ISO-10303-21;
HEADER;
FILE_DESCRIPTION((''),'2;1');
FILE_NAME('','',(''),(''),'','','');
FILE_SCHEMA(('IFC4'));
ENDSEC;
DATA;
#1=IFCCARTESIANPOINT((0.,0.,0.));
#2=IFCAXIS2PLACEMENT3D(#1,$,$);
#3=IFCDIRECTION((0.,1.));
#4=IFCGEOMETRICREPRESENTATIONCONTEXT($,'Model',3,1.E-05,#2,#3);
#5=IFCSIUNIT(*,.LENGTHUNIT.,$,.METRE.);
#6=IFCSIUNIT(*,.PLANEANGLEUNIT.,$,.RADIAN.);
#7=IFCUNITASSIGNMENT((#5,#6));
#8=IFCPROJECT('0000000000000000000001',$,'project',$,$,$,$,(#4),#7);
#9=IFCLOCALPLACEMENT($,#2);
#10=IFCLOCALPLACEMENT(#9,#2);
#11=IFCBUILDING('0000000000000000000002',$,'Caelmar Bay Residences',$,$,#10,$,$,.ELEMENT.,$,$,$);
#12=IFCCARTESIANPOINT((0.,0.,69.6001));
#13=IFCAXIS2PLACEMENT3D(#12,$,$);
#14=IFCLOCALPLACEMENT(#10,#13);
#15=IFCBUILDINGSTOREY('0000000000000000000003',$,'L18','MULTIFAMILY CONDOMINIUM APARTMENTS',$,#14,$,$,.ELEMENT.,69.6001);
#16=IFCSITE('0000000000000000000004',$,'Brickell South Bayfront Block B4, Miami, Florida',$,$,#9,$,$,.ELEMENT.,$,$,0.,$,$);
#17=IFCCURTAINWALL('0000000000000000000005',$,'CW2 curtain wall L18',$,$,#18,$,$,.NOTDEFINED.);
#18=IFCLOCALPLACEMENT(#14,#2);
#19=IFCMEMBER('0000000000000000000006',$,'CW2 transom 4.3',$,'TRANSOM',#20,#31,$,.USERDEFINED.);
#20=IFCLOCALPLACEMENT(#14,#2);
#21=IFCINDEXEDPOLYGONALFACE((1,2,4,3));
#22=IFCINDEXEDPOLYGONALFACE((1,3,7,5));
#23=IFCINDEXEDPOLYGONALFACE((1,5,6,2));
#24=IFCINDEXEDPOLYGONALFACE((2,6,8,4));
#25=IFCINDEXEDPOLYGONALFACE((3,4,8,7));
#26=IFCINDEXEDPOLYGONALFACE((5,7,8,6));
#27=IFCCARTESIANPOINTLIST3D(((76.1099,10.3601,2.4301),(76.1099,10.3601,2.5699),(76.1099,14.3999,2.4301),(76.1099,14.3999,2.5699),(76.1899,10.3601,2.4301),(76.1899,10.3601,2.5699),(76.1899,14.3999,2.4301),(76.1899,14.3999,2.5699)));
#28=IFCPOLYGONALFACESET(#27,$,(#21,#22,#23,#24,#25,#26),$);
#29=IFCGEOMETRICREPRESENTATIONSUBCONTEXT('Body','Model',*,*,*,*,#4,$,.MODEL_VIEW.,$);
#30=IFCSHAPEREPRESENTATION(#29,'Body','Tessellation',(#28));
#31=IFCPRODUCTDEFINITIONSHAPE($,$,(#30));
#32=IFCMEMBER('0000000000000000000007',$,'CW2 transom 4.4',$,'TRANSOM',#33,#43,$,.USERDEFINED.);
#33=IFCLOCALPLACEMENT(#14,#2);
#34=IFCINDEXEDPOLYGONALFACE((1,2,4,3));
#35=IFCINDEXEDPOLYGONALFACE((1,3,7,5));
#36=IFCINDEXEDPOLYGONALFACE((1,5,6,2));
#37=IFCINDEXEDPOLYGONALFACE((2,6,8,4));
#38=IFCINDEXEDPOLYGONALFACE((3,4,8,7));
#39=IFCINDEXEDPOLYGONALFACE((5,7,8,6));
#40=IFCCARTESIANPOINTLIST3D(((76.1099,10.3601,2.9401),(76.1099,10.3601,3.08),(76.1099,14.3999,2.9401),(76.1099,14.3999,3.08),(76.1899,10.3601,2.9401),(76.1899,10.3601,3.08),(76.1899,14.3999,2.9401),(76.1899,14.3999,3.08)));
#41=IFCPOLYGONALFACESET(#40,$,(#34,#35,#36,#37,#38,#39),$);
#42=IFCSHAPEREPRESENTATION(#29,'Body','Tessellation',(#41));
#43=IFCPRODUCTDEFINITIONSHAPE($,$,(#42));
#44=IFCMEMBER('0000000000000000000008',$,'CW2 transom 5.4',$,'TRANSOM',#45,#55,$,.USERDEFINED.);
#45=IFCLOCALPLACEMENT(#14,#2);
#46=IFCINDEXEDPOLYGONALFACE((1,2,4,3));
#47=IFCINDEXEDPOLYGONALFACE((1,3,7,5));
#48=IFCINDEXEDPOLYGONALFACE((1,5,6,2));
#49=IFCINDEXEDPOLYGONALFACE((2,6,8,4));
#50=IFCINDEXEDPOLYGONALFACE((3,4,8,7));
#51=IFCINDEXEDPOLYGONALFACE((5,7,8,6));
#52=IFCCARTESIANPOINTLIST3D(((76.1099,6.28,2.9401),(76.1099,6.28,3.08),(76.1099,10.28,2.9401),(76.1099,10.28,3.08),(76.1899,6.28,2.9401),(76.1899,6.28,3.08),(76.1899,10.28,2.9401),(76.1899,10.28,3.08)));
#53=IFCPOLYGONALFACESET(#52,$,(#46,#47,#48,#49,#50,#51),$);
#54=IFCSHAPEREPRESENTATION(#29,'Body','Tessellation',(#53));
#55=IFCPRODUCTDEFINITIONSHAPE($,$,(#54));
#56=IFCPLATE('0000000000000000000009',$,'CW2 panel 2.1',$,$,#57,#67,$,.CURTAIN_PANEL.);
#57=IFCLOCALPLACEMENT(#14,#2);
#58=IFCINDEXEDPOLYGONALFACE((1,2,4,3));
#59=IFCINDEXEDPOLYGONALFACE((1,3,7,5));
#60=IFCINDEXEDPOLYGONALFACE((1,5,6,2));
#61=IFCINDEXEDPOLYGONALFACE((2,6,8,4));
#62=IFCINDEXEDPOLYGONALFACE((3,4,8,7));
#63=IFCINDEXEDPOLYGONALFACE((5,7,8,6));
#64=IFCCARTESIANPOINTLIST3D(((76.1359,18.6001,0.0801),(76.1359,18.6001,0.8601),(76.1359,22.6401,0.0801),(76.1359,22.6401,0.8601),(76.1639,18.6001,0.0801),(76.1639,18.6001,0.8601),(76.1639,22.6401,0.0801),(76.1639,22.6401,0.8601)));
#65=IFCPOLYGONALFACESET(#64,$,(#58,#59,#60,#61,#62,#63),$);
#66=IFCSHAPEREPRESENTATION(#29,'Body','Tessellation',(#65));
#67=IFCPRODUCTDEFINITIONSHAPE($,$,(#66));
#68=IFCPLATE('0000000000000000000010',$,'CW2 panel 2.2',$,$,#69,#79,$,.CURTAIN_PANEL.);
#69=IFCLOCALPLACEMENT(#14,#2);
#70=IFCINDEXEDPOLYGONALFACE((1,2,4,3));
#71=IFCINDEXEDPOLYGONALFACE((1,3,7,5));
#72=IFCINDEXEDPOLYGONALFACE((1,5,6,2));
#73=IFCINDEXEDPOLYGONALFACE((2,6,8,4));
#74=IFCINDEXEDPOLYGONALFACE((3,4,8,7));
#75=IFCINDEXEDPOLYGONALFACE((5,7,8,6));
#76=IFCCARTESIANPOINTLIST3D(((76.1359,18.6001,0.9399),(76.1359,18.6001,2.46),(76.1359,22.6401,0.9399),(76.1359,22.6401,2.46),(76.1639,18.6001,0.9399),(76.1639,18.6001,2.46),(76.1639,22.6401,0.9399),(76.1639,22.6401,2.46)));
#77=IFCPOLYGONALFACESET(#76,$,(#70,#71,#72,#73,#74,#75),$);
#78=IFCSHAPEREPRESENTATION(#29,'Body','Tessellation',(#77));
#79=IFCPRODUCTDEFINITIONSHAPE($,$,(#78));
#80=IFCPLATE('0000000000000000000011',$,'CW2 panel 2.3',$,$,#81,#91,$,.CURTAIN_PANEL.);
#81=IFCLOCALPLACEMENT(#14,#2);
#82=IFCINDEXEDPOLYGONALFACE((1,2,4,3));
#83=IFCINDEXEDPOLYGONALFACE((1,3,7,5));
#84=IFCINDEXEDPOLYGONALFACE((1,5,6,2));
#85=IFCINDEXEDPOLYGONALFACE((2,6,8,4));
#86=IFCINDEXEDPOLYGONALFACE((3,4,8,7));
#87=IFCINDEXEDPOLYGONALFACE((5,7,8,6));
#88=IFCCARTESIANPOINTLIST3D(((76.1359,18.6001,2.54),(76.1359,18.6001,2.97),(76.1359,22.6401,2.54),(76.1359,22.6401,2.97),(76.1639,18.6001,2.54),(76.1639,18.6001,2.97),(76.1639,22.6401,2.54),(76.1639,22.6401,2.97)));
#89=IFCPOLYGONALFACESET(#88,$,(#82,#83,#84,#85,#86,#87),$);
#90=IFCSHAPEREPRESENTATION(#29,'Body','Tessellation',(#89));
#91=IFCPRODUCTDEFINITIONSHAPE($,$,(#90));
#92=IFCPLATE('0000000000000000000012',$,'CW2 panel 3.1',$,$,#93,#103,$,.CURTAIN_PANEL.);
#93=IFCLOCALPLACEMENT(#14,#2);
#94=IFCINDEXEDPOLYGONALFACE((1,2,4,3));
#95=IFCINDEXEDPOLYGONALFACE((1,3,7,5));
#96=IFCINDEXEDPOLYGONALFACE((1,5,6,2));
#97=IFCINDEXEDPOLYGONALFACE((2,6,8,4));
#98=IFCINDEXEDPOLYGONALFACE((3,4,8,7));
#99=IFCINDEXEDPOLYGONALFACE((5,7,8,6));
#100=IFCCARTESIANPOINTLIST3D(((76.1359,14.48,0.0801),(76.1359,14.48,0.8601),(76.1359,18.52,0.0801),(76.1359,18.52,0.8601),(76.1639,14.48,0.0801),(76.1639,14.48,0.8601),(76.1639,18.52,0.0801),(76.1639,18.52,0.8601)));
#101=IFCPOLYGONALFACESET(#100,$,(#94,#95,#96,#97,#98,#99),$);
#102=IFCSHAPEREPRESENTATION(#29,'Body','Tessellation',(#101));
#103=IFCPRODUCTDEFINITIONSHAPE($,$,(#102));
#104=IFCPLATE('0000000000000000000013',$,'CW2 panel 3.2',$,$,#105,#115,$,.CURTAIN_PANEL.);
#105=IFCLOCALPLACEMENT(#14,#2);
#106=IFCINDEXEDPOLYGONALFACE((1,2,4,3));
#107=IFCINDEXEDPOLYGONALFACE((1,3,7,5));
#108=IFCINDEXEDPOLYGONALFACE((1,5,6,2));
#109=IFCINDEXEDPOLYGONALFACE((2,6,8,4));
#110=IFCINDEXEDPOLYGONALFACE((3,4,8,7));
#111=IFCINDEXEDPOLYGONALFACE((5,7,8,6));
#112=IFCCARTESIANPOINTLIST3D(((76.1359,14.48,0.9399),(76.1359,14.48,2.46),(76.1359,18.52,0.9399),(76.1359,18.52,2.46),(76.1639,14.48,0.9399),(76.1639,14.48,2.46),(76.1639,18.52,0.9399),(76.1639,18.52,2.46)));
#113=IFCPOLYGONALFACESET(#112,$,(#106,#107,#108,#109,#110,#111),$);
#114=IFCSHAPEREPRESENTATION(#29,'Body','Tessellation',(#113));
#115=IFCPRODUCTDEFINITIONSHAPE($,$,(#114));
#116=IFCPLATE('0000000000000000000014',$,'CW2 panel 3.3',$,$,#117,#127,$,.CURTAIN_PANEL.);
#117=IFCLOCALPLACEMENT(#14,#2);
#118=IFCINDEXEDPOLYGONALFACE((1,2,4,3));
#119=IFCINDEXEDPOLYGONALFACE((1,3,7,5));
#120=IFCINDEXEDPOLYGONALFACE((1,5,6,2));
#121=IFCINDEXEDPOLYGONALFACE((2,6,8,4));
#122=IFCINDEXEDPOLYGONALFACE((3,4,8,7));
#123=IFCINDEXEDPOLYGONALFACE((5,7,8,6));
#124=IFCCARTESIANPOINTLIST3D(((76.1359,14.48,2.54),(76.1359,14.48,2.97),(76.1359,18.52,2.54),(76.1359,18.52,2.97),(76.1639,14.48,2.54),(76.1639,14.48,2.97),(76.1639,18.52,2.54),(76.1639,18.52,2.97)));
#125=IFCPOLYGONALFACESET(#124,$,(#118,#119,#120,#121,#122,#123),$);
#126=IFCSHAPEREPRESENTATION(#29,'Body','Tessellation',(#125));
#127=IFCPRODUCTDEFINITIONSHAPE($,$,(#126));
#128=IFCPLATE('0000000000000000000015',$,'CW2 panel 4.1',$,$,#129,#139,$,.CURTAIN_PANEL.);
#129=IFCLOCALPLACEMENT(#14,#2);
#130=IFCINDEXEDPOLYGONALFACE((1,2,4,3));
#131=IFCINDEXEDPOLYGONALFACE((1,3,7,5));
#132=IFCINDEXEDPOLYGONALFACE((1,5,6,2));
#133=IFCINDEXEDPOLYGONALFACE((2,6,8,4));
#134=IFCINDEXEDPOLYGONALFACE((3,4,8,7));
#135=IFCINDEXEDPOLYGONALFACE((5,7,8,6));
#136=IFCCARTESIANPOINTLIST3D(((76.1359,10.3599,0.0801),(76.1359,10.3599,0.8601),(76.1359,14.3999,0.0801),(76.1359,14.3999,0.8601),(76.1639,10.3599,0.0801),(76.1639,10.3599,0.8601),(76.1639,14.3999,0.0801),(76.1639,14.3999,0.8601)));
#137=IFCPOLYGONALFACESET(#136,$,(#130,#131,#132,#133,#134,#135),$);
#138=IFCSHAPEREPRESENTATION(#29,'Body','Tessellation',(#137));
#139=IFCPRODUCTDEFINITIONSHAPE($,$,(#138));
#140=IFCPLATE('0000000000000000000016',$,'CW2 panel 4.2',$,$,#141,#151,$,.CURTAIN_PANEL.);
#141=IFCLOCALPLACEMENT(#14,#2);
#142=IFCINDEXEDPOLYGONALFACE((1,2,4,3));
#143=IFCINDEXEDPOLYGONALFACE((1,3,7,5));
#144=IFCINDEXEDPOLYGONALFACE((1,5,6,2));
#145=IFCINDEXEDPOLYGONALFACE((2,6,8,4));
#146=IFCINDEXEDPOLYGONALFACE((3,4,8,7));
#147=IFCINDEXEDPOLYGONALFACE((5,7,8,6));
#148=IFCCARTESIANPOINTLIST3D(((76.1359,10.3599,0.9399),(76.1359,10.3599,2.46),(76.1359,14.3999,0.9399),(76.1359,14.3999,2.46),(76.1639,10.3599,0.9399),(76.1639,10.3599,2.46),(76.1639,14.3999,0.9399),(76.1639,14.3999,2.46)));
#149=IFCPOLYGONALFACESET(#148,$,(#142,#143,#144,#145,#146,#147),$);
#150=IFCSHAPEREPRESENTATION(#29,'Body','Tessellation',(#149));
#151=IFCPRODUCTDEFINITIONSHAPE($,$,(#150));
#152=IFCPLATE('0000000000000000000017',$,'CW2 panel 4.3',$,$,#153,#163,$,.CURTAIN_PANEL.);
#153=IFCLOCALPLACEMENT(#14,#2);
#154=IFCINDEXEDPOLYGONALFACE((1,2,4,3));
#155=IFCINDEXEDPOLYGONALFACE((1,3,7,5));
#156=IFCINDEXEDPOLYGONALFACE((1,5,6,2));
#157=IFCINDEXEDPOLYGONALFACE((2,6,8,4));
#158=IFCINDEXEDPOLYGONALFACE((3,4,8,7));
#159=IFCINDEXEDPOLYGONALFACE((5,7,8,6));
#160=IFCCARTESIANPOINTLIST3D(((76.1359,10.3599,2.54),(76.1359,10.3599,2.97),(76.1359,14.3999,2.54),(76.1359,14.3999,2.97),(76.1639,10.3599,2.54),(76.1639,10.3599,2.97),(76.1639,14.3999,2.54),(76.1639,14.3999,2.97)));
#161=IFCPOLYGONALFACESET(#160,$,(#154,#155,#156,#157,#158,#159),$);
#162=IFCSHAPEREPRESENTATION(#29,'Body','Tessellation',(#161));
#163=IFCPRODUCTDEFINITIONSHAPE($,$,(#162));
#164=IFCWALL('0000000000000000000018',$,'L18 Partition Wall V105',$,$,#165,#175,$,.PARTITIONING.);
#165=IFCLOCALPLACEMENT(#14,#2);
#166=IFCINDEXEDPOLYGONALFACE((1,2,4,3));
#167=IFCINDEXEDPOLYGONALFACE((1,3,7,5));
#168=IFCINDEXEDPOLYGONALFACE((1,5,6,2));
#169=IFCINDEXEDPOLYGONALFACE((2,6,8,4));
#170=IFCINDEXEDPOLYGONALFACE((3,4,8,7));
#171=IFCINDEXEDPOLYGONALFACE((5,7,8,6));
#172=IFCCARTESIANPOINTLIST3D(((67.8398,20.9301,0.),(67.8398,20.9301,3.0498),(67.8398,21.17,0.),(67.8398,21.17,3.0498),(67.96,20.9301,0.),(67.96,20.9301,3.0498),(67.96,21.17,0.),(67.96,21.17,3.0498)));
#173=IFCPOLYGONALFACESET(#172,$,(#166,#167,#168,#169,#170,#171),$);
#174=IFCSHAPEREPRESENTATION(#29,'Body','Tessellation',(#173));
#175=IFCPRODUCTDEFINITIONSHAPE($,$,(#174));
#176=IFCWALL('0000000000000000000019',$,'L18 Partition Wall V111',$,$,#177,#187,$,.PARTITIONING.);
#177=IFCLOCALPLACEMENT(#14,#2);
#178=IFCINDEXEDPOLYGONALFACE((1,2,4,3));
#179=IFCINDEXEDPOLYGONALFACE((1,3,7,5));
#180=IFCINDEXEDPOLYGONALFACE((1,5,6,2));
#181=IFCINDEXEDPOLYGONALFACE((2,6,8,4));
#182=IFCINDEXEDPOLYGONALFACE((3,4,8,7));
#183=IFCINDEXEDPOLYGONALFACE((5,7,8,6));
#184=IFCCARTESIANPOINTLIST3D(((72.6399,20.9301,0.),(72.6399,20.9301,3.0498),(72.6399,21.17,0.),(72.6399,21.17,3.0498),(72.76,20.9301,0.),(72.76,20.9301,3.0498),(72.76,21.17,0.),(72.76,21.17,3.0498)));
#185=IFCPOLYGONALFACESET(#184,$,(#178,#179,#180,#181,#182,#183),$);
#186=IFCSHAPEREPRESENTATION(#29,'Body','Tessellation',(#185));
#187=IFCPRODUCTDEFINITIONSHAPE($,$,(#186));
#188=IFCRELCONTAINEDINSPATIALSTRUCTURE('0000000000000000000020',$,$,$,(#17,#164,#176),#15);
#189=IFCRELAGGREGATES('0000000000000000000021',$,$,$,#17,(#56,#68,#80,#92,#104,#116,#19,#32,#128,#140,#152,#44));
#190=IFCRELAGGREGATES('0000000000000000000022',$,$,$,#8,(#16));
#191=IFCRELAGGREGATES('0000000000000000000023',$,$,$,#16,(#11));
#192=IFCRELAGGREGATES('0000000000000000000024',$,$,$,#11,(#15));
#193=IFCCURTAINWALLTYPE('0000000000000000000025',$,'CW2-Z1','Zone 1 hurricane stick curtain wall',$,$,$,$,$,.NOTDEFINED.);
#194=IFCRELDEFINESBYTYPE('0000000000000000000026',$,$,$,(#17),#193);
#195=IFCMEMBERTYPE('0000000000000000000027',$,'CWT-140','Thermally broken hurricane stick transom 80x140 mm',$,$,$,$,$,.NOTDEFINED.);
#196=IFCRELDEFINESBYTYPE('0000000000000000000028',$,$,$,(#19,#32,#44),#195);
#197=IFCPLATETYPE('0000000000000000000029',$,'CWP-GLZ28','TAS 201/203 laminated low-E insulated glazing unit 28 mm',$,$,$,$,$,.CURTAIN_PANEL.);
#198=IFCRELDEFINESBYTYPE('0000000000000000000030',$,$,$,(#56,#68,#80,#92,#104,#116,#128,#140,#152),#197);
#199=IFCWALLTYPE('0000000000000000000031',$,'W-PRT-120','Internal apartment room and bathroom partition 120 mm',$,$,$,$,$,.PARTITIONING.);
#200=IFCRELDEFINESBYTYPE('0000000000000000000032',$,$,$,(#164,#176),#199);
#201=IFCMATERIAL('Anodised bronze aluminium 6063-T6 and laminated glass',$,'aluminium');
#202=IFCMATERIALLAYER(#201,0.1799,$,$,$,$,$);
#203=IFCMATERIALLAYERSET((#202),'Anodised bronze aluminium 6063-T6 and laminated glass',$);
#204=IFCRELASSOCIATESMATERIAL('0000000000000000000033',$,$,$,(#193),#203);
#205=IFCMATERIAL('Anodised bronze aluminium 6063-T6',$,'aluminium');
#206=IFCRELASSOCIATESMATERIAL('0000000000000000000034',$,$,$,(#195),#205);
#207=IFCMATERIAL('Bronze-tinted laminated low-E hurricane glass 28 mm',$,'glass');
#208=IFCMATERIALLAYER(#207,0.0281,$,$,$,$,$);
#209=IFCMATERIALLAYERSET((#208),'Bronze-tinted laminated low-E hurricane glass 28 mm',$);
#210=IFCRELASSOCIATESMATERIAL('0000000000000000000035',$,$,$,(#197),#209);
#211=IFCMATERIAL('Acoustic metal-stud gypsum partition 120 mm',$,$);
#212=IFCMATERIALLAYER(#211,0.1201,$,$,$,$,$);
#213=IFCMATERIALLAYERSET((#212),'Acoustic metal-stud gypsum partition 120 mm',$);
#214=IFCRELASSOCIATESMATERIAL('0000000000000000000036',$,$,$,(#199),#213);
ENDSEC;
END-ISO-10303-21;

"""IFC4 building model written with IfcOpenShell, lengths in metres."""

from ifc_helpers import new_model, si_unit, direction, frame, frame_2d, origin, origin_2d, place, context, subcontext, project, spatial, rectangle, extrude, material, layer, layer_set, material_profile, profile_set, type_object, element, aggregate, save


model = new_model("IFC4")

# Units and contexts
model_context = context("Model", 3, precision=1e-05, world=origin(), true_north=direction((0.0, 1.0)))
body_context = subcontext(model_context, "Body", "Model", "MODEL_VIEW")
ifc_project = project(units=[si_unit("LENGTHUNIT", "METRE"), si_unit("PLANEANGLEUNIT", "RADIAN")], contexts=[model_context])

# Site, building, storey
site_placement = place(None, origin())
site = spatial("IfcSite", under=ifc_project, at=site_placement, Name="Brickell South Bayfront Block B4, Miami, Florida", CompositionType="ELEMENT", RefElevation=0.0)
building_placement = place(site_placement, origin())
building = spatial("IfcBuilding", under=site, at=building_placement, Name="Caelmar Bay Residences", CompositionType="ELEMENT")
storey_placement = place(building_placement, frame((0.0, 0.0, 69.6001)))
storey = spatial("IfcBuildingStorey", under=building, at=storey_placement, Name="L18", Description="MULTIFAMILY CONDOMINIUM APARTMENTS", CompositionType="ELEMENT", Elevation=69.6001)

# Curtain wall, members, plates
ifc_material_1 = material(Name="Anodised bronze aluminium 6063-T6 and laminated glass", Category="aluminium")
ifc_layer_1 = layer(ifc_material_1, 0.1799)
ifc_layer_set_1 = layer_set([ifc_layer_1], Name="Anodised bronze aluminium 6063-T6 and laminated glass")
curtain_wall_type = type_object("IfcCurtainWallType", Name="CW2-Z1", Description="Zone 1 hurricane stick curtain wall", PredefinedType="NOTDEFINED", material=ifc_layer_set_1)
curtain_wall_placement = place(storey_placement, origin())
curtain_wall = element("IfcCurtainWall", 1, at=curtain_wall_placement, inside=storey, type_object=curtain_wall_type, Name="CW2 curtain wall L18", PredefinedType="NOTDEFINED")
ifc_material_2 = material(Name="Anodised bronze aluminium 6063-T6", Category="aluminium")
ifc_material_profile_1 = material_profile(ifc_material_2, rectangle(XDim=0.0801, YDim=0.1399, at=origin_2d()), Name="CWT-80X140")
ifc_profile_set_1 = profile_set([ifc_material_profile_1], Name="Anodised bronze aluminium 6063-T6")
member_type_1 = type_object("IfcMemberType", Name="CWT-140", Description="Thermally broken hurricane stick transom 80x140 mm", PredefinedType="NOTDEFINED", material=ifc_profile_set_1)
member_1_placement = place(storey_placement, frame((76.1499, 14.3999, 2.5), z_axis=(0.0, -1.0, 0.0), x_axis=(1.0, 0.0, 0.0)))
member_1 = element("IfcMember", 2, at=member_1_placement, type_object=member_type_1, Name="CW2 transom 4.3", ObjectType="TRANSOM", PredefinedType="USERDEFINED", context=body_context, shape_type="SweptSolid", body=[
    extrude(rectangle(XDim=0.0801, YDim=0.1399, at=origin_2d()), origin(), (0.0, 0.0, 1.0), 4.0398),
])
member_2_placement = place(storey_placement, frame((76.1499, 14.3999, 3.01), z_axis=(0.0, -1.0, 0.0), x_axis=(1.0, 0.0, 0.0)))
member_2 = element("IfcMember", 3, at=member_2_placement, type_object=member_type_1, Name="CW2 transom 4.4", ObjectType="TRANSOM", PredefinedType="USERDEFINED", context=body_context, shape_type="SweptSolid", body=[
    extrude(rectangle(XDim=0.0801, YDim=0.1399, at=origin_2d()), origin(), (0.0, 0.0, 1.0), 4.0398),
])
member_3_placement = place(storey_placement, frame((76.1499, 10.28, 3.01), z_axis=(0.0, -1.0, 0.0), x_axis=(1.0, 0.0, 0.0)))
member_3 = element("IfcMember", 4, at=member_3_placement, type_object=member_type_1, Name="CW2 transom 5.4", ObjectType="TRANSOM", PredefinedType="USERDEFINED", context=body_context, shape_type="SweptSolid", body=[
    extrude(rectangle(XDim=0.0801, YDim=0.1399, at=origin_2d()), origin(), (0.0, 0.0, 1.0), 4.0),
])
ifc_material_3 = material(Name="Bronze-tinted laminated low-E hurricane glass 28 mm", Category="glass")
ifc_layer_2 = layer(ifc_material_3, 0.0281)
ifc_layer_set_2 = layer_set([ifc_layer_2], Name="Bronze-tinted laminated low-E hurricane glass 28 mm")
plate_type = type_object("IfcPlateType", Name="CWP-GLZ28", Description="TAS 201/203 laminated low-E insulated glazing unit 28 mm", PredefinedType="CURTAIN_PANEL", material=ifc_layer_set_2)
plate_1_placement = place(storey_placement, frame((76.1499, 20.6201, 0.0801), z_axis=(0.0, 0.0, 1.0), x_axis=(0.0, -1.0, 0.0)))
plate_1 = element("IfcPlate", 5, at=plate_1_placement, type_object=plate_type, Name="CW2 panel 2.1", PredefinedType="CURTAIN_PANEL", context=body_context, shape_type="SweptSolid", body=[
    extrude(rectangle(XDim=4.04, YDim=0.0281, at=origin_2d()), origin(), (0.0, 0.0, 1.0), 0.78),
])
plate_2_placement = place(storey_placement, frame((76.1499, 20.6201, 0.9399), z_axis=(0.0, 0.0, 1.0), x_axis=(0.0, -1.0, 0.0)))
plate_2 = element("IfcPlate", 6, at=plate_2_placement, type_object=plate_type, Name="CW2 panel 2.2", PredefinedType="CURTAIN_PANEL", context=body_context, shape_type="SweptSolid", body=[
    extrude(rectangle(XDim=4.04, YDim=0.0281, at=origin_2d()), origin(), (0.0, 0.0, 1.0), 1.52),
])
plate_3_placement = place(storey_placement, frame((76.1499, 20.6201, 2.54), z_axis=(0.0, 0.0, 1.0), x_axis=(0.0, -1.0, 0.0)))
plate_3 = element("IfcPlate", 7, at=plate_3_placement, type_object=plate_type, Name="CW2 panel 2.3", PredefinedType="CURTAIN_PANEL", context=body_context, shape_type="SweptSolid", body=[
    extrude(rectangle(XDim=4.04, YDim=0.0281, at=origin_2d()), origin(), (0.0, 0.0, 1.0), 0.4299),
])
plate_4_placement = place(storey_placement, frame((76.1499, 16.5, 0.0801), z_axis=(0.0, 0.0, 1.0), x_axis=(0.0, -1.0, 0.0)))
plate_4 = element("IfcPlate", 8, at=plate_4_placement, type_object=plate_type, Name="CW2 panel 3.1", PredefinedType="CURTAIN_PANEL", context=body_context, shape_type="SweptSolid", body=[
    extrude(rectangle(XDim=4.04, YDim=0.0281, at=origin_2d()), origin(), (0.0, 0.0, 1.0), 0.78),
])
plate_5_placement = place(storey_placement, frame((76.1499, 16.5, 0.9399), z_axis=(0.0, 0.0, 1.0), x_axis=(0.0, -1.0, 0.0)))
plate_5 = element("IfcPlate", 9, at=plate_5_placement, type_object=plate_type, Name="CW2 panel 3.2", PredefinedType="CURTAIN_PANEL", context=body_context, shape_type="SweptSolid", body=[
    extrude(rectangle(XDim=4.04, YDim=0.0281, at=origin_2d()), origin(), (0.0, 0.0, 1.0), 1.52),
])
plate_6_placement = place(storey_placement, frame((76.1499, 16.5, 2.54), z_axis=(0.0, 0.0, 1.0), x_axis=(0.0, -1.0, 0.0)))
plate_6 = element("IfcPlate", 10, at=plate_6_placement, type_object=plate_type, Name="CW2 panel 3.3", PredefinedType="CURTAIN_PANEL", context=body_context, shape_type="SweptSolid", body=[
    extrude(rectangle(XDim=4.04, YDim=0.0281, at=origin_2d()), origin(), (0.0, 0.0, 1.0), 0.4299),
])
plate_7_placement = place(storey_placement, frame((76.1499, 12.3799, 0.0801), z_axis=(0.0, 0.0, 1.0), x_axis=(0.0, -1.0, 0.0)))
plate_7 = element("IfcPlate", 11, at=plate_7_placement, type_object=plate_type, Name="CW2 panel 4.1", PredefinedType="CURTAIN_PANEL", context=body_context, shape_type="SweptSolid", body=[
    extrude(rectangle(XDim=4.04, YDim=0.0281, at=origin_2d()), origin(), (0.0, 0.0, 1.0), 0.78),
])
plate_8_placement = place(storey_placement, frame((76.1499, 12.3799, 0.9399), z_axis=(0.0, 0.0, 1.0), x_axis=(0.0, -1.0, 0.0)))
plate_8 = element("IfcPlate", 12, at=plate_8_placement, type_object=plate_type, Name="CW2 panel 4.2", PredefinedType="CURTAIN_PANEL", context=body_context, shape_type="SweptSolid", body=[
    extrude(rectangle(XDim=4.04, YDim=0.0281, at=origin_2d()), origin(), (0.0, 0.0, 1.0), 1.52),
])
plate_9_placement = place(storey_placement, frame((76.1499, 12.3799, 2.54), z_axis=(0.0, 0.0, 1.0), x_axis=(0.0, -1.0, 0.0)))
plate_9 = element("IfcPlate", 13, at=plate_9_placement, type_object=plate_type, Name="CW2 panel 4.3", PredefinedType="CURTAIN_PANEL", context=body_context, shape_type="SweptSolid", body=[
    extrude(rectangle(XDim=4.04, YDim=0.0281, at=origin_2d()), origin(), (0.0, 0.0, 1.0), 0.4299),
])
aggregate(curtain_wall, [plate_1, plate_2, plate_3, plate_4, plate_5, plate_6, member_1, member_2, plate_7, plate_8, plate_9, member_3])

# Walls
ifc_material_4 = material(Name="Acoustic metal-stud gypsum partition 120 mm")
ifc_layer_3 = layer(ifc_material_4, 0.1201)
ifc_layer_set_3 = layer_set([ifc_layer_3], Name="Acoustic metal-stud gypsum partition 120 mm")
wall_type = type_object("IfcWallType", Name="W-PRT-120", Description="Internal apartment room and bathroom partition 120 mm", PredefinedType="PARTITIONING", material=ifc_layer_set_3)
for number, where, z_axis, x_axis, name in (
    (14, (67.8999, 20.9299, 0.0), (0.0, 0.0, 1.0), (0.0, 1.0, 0.0), "L18 Partition Wall V105"),
    (15, (72.7, 20.9299, 0.0), (0.0, 0.0, 1.0), (0.0, 1.0, 0.0), "L18 Partition Wall V111"),
):
    element("IfcWall", number, at=place(storey_placement, frame(where, z_axis=z_axis, x_axis=x_axis)), inside=storey, type_object=wall_type, Name=name, PredefinedType="PARTITIONING", context=body_context, shape_type="SweptSolid", body=[
        extrude(rectangle(XDim=0.24, YDim=0.1201, at=frame_2d((0.1201, 0.0))), origin(), (0.0, 0.0, 1.0), 3.0498),
    ])

save(model, "model.ifc")
